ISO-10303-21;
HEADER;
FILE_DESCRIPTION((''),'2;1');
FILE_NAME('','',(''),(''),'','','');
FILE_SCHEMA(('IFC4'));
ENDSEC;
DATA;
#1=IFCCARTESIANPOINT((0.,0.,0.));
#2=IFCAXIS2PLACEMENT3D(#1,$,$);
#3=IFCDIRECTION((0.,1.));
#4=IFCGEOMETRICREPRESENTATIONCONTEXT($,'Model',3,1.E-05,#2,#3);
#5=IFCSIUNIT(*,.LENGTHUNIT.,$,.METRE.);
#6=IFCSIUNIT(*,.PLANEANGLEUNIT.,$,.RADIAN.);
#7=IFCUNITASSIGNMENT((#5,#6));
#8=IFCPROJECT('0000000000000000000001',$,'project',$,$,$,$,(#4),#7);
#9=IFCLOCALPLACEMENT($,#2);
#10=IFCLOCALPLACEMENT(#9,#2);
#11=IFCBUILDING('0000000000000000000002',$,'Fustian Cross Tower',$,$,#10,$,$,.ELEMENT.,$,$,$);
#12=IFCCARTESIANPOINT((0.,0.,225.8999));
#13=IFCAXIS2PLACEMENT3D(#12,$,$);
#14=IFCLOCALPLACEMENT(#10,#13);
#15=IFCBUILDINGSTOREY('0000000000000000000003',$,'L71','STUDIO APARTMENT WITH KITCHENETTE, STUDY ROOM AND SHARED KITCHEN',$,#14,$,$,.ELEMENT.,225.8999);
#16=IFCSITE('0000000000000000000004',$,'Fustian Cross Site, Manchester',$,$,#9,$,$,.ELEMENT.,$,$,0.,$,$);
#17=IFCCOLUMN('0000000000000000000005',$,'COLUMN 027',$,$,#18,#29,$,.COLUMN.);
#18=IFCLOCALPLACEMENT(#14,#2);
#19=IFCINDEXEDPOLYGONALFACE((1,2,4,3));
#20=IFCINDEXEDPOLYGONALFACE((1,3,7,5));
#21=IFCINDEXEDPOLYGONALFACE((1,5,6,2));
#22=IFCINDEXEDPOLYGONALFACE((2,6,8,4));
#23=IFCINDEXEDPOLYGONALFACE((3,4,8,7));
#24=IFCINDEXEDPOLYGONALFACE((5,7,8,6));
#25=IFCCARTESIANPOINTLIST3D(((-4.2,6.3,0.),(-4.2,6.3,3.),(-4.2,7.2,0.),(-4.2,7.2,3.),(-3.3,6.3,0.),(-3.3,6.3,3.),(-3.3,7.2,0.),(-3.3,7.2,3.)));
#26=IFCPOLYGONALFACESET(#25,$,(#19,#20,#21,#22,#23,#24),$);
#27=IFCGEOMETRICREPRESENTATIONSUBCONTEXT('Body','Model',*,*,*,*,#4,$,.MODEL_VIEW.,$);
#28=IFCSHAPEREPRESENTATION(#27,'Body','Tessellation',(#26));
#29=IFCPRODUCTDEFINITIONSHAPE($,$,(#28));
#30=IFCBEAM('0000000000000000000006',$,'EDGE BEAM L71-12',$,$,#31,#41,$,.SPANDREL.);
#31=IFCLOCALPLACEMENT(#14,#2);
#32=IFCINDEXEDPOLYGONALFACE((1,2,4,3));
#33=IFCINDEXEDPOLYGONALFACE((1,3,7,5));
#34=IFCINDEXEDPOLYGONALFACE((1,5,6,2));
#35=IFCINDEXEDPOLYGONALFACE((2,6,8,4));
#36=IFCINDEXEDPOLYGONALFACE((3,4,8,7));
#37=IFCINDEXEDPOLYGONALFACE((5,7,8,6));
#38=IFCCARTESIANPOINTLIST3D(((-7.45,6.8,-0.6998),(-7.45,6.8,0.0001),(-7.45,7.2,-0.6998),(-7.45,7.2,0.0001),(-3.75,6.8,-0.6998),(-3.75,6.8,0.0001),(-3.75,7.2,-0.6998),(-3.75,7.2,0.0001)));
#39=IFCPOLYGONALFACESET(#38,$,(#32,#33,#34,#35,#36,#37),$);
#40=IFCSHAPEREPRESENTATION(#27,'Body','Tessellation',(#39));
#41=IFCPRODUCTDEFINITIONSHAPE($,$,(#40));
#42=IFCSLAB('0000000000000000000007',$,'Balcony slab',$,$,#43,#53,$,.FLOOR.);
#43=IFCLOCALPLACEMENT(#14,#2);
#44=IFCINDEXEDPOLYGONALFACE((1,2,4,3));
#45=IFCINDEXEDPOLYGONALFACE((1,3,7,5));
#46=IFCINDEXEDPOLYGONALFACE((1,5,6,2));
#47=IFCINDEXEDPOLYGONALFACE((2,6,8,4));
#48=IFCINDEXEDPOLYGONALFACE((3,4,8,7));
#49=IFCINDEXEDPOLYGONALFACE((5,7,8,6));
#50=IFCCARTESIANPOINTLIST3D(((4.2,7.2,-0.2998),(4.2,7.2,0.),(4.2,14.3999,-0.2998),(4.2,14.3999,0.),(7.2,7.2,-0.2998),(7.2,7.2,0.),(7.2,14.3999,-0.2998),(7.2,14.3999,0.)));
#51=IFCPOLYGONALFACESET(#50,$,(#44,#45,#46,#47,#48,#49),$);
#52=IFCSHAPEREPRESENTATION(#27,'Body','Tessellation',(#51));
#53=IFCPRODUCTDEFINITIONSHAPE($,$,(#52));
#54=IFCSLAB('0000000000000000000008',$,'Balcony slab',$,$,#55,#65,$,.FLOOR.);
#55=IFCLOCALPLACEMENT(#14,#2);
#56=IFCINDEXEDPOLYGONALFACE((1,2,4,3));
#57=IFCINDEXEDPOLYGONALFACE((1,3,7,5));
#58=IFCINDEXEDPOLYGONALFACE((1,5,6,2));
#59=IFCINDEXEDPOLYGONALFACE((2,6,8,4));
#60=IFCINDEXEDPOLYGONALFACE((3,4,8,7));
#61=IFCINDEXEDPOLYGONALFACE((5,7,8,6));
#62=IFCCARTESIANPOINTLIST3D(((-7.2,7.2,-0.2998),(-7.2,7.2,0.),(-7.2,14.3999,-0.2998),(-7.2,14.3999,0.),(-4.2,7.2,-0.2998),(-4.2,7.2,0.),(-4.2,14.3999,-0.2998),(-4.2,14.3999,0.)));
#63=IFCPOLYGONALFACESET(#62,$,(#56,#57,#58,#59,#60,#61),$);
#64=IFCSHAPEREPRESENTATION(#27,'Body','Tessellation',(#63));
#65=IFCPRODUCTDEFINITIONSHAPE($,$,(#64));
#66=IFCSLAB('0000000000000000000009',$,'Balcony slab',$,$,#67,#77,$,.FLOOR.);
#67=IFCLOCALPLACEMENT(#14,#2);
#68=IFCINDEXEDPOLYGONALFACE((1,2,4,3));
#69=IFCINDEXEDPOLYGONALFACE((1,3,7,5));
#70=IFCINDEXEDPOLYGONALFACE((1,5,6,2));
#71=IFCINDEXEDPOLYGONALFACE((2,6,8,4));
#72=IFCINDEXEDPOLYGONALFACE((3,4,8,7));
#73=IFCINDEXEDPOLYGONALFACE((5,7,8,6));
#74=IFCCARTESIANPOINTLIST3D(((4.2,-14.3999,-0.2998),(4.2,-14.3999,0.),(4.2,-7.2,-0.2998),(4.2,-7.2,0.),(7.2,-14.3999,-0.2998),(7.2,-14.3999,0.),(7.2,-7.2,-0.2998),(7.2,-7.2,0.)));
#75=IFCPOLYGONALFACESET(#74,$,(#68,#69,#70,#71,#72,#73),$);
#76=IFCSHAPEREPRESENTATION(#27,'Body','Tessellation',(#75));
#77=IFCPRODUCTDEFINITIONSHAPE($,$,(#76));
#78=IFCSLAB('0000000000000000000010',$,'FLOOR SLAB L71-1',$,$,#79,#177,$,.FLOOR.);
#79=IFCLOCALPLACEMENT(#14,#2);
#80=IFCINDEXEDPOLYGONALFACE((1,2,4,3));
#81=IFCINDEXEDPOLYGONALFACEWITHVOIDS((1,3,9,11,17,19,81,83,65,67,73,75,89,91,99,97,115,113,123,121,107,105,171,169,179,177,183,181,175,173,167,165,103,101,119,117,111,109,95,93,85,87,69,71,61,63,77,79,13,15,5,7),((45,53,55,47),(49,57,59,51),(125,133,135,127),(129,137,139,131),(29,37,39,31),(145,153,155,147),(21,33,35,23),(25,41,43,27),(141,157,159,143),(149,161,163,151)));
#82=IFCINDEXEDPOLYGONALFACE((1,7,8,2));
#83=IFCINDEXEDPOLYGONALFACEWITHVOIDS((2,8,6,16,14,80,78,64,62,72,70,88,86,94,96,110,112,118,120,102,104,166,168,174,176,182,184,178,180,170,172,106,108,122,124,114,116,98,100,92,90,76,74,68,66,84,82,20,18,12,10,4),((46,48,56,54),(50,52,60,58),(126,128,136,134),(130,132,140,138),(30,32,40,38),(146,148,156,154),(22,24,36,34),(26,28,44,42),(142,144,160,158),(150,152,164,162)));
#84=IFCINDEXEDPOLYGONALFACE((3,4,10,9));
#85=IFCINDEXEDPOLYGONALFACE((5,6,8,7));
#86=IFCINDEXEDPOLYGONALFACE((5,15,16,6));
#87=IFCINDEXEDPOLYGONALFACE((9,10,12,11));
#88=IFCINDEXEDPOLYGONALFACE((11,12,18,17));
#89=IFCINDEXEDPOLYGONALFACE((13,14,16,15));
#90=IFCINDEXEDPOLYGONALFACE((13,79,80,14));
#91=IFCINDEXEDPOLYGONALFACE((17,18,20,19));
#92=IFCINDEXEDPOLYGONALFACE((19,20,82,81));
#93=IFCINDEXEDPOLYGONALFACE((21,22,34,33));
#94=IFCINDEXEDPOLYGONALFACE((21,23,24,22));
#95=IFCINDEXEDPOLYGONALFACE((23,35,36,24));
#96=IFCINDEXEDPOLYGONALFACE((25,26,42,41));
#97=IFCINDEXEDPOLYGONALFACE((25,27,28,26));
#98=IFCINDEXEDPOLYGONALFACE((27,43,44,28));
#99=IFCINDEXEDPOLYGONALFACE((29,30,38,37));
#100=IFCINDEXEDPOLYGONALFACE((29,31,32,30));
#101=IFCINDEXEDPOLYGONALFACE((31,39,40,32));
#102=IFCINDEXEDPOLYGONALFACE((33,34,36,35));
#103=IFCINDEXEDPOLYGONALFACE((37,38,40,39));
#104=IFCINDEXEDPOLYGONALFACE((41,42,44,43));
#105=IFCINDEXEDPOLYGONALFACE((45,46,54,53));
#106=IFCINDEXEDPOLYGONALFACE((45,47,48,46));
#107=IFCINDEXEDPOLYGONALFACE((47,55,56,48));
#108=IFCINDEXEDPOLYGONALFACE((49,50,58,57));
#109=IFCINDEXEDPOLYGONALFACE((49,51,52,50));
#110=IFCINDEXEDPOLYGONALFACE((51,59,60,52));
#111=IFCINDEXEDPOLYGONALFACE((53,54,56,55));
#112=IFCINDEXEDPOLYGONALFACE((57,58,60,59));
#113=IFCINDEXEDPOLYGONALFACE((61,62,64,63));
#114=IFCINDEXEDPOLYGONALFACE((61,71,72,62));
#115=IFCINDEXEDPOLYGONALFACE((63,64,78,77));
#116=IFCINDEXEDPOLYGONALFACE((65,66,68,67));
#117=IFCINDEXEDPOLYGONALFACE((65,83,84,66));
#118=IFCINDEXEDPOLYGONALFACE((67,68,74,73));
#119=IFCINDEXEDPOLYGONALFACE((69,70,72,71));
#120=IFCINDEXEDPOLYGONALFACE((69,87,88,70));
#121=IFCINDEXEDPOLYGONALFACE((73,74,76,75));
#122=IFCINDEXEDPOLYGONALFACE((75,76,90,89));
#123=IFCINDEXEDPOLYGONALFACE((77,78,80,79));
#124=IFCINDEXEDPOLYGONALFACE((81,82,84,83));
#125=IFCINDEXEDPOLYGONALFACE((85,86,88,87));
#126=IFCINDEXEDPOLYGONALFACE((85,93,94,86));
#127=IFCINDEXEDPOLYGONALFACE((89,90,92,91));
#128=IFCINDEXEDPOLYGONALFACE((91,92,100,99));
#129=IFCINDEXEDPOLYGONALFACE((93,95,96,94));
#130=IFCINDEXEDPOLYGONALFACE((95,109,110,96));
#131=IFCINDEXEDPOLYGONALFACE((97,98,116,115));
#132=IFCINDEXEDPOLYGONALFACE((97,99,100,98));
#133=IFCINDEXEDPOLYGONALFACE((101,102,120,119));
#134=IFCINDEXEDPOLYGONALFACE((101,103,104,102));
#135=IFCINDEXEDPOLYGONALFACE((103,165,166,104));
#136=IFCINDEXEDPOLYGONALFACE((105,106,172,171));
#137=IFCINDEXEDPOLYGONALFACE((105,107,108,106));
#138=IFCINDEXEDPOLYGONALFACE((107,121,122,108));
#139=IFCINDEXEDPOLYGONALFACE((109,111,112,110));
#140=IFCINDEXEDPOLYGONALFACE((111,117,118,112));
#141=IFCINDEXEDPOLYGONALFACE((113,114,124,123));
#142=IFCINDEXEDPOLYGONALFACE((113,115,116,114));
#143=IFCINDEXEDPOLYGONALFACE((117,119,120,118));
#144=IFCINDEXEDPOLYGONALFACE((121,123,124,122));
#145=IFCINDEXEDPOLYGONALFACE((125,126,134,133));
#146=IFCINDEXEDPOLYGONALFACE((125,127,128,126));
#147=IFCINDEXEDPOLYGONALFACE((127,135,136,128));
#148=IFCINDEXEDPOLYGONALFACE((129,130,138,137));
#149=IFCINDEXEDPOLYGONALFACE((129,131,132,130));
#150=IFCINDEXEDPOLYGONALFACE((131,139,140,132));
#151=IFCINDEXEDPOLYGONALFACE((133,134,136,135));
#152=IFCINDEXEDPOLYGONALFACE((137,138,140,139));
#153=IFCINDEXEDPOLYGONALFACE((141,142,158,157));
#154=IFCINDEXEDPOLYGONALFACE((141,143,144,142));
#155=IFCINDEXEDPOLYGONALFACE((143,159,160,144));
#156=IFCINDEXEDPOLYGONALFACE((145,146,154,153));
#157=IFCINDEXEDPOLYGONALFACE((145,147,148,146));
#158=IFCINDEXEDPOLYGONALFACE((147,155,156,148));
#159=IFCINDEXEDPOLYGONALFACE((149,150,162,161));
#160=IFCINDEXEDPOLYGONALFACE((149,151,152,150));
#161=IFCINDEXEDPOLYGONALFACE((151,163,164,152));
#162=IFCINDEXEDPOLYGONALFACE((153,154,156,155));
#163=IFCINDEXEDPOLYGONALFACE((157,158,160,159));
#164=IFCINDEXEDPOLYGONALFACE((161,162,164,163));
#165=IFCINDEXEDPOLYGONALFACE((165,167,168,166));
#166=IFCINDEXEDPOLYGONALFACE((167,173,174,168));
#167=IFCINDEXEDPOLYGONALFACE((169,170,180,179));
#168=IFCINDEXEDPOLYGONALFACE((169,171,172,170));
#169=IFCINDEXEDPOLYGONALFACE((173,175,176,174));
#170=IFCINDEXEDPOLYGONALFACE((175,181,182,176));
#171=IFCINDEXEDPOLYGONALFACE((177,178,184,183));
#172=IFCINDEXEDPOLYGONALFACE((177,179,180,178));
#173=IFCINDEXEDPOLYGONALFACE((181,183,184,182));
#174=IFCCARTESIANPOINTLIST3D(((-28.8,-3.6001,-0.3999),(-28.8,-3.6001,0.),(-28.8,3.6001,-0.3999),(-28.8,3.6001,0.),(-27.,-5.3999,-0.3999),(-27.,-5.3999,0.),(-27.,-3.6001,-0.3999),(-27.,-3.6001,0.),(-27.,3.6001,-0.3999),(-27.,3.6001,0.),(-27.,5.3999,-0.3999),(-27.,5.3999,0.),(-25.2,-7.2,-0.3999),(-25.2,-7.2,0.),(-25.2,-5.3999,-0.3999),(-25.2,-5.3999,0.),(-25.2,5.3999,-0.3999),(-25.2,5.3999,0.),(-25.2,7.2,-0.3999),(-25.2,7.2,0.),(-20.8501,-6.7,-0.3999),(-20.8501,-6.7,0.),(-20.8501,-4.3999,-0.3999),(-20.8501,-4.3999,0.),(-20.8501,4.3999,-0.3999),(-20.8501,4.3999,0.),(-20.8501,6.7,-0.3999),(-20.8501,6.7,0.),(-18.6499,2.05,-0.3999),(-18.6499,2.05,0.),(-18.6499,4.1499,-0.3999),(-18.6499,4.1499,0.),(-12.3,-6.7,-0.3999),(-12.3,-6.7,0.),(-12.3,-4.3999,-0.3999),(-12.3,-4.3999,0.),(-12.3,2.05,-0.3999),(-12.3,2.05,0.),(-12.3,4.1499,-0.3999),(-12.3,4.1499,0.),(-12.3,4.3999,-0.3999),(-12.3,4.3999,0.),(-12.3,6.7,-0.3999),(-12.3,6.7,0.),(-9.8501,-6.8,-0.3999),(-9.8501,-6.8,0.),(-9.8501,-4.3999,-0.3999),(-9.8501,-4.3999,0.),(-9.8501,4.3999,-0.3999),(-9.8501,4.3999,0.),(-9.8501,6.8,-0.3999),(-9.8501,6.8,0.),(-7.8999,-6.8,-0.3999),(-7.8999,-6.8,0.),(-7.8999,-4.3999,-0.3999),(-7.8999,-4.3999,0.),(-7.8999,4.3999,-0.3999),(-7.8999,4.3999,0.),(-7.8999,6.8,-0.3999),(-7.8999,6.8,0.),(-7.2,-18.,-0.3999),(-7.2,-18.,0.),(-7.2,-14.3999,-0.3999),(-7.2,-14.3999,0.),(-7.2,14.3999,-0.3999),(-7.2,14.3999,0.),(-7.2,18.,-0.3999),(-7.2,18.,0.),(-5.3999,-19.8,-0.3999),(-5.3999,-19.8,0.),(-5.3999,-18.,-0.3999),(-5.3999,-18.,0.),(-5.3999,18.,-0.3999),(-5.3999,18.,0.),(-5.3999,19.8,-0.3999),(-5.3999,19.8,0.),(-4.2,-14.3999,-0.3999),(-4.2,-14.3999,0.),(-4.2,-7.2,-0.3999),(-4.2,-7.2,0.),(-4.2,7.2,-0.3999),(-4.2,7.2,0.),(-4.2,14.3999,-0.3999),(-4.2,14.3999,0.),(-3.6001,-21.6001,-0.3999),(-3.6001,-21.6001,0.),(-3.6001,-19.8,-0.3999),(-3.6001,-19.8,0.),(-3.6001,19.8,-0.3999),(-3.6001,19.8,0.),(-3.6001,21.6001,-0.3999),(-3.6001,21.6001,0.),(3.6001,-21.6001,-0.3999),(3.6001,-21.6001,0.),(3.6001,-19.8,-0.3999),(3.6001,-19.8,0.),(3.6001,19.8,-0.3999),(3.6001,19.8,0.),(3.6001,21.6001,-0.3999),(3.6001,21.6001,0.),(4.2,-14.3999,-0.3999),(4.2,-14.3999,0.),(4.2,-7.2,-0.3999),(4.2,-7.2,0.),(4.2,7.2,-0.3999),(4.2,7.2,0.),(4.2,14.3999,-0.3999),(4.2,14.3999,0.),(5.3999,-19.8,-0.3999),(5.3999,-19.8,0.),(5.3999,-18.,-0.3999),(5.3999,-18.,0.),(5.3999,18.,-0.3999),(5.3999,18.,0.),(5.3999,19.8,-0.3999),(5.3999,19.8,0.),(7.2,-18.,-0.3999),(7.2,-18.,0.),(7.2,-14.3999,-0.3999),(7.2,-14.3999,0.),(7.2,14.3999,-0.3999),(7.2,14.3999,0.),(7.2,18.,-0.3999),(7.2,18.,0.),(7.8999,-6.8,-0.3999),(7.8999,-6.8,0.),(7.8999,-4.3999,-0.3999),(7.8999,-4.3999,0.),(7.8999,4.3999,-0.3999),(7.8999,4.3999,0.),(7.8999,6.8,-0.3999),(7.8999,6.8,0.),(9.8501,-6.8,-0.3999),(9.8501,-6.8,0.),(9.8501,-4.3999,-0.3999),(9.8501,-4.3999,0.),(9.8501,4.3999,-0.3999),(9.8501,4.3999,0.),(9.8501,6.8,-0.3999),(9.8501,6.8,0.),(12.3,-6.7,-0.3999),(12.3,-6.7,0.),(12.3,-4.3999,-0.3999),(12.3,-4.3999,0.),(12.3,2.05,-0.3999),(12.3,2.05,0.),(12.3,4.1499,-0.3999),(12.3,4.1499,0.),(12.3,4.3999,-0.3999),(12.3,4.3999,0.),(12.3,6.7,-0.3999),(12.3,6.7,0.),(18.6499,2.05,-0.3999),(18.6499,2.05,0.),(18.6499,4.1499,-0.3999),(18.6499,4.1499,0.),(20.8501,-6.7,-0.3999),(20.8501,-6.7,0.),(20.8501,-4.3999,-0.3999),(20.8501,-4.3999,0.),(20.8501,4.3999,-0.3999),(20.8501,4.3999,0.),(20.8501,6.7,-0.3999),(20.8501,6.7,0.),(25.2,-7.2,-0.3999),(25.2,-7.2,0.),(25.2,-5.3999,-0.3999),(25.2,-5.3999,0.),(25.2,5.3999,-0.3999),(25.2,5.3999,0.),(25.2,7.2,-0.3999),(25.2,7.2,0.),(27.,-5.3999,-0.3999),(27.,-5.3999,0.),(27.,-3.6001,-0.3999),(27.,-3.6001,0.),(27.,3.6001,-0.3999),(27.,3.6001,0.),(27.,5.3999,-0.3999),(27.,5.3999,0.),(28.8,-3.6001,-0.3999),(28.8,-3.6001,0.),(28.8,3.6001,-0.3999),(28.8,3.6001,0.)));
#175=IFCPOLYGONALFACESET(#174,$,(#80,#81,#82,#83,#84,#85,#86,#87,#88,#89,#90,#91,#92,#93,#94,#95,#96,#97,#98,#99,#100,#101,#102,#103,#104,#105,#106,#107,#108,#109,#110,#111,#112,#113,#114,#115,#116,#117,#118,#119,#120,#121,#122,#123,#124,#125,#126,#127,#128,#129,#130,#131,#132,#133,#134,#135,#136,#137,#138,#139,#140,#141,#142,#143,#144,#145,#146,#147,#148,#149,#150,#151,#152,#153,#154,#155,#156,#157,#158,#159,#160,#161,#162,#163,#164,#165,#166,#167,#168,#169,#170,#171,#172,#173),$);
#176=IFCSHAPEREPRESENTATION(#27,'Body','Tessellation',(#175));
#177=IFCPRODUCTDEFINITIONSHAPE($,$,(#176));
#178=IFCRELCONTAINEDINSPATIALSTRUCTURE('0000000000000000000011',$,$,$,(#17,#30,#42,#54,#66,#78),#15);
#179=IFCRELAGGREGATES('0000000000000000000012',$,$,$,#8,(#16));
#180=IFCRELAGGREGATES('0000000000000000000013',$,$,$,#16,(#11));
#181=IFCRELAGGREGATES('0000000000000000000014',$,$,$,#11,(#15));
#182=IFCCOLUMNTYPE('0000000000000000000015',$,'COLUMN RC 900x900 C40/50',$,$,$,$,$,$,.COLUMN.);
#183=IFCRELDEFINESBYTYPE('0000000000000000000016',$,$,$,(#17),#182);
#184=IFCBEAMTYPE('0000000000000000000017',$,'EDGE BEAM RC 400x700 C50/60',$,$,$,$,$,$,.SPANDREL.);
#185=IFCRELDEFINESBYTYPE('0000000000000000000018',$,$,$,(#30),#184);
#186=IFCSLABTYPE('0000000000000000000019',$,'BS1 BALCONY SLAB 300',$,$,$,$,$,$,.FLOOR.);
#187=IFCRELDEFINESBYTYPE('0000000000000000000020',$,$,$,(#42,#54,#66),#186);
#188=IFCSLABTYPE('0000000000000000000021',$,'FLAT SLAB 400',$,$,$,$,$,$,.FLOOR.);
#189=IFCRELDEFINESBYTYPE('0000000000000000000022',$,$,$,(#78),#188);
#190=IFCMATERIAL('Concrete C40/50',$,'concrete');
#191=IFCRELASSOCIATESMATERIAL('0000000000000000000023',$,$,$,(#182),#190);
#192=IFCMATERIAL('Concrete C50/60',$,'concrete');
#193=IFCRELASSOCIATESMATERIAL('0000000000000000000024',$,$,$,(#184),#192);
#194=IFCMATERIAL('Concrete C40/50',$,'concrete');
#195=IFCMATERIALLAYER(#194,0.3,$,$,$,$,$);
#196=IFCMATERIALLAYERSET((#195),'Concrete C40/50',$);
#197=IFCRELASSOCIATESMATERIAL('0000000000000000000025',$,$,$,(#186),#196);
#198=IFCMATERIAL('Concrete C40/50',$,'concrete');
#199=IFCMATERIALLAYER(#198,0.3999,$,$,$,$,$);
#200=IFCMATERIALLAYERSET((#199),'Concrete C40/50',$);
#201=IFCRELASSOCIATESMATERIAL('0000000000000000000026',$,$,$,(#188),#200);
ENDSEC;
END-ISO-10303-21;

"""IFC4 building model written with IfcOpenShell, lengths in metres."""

from ifc_helpers import new_model, si_unit, direction, frame, origin, origin_2d, place, context, subcontext, project, spatial, polyline, rectangle, outline, extrude, material, layer, layer_set, material_profile, profile_set, type_object, element, save


model = new_model("IFC4")

# Units and contexts
model_context = context("Model", 3, precision=1e-05, world=origin(), true_north=direction((0.0, 1.0)))
body_context = subcontext(model_context, "Body", "Model", "MODEL_VIEW")
ifc_project = project(units=[si_unit("LENGTHUNIT", "METRE"), si_unit("PLANEANGLEUNIT", "RADIAN")], contexts=[model_context])

# Site, building, storey
site_placement = place(None, origin())
site = spatial("IfcSite", under=ifc_project, at=site_placement, Name="Fustian Cross Site, Manchester", CompositionType="ELEMENT", RefElevation=0.0)
building_placement = place(site_placement, origin())
building = spatial("IfcBuilding", under=site, at=building_placement, Name="Fustian Cross Tower", CompositionType="ELEMENT")
storey_placement = place(building_placement, frame((0.0, 0.0, 225.8999)))
storey = spatial("IfcBuildingStorey", under=building, at=storey_placement, Name="L71", Description="STUDIO APARTMENT WITH KITCHENETTE, STUDY ROOM AND SHARED KITCHEN", CompositionType="ELEMENT", Elevation=225.8999)

# Column
ifc_material_1 = material(Name="Concrete C40/50", Category="concrete")
ifc_material_profile_1 = material_profile(ifc_material_1, rectangle(XDim=0.8999, YDim=0.8999, at=origin_2d()), Name="RC 900x900")
ifc_profile_set_1 = profile_set([ifc_material_profile_1], Name="Concrete C40/50")
column_type = type_object("IfcColumnType", Name="COLUMN RC 900x900 C40/50", PredefinedType="COLUMN", material=ifc_profile_set_1)
column_placement = place(storey_placement, frame((-3.75, 6.75, 0.0), z_axis=(0.0, 0.0, 1.0), x_axis=(1.0, 0.0, 0.0)))
element("IfcColumn", 1, at=column_placement, inside=storey, type_object=column_type, Name="COLUMN 027", PredefinedType="COLUMN", context=body_context, shape_type="SweptSolid", body=[
    extrude(rectangle(XDim=0.8999, YDim=0.8999, at=origin_2d()), origin(), (0.0, 0.0, 1.0), 3.0),
])

# Beam
ifc_material_2 = material(Name="Concrete C50/60", Category="concrete")
ifc_material_profile_2 = material_profile(ifc_material_2, rectangle(XDim=0.3999, YDim=0.7, at=origin_2d()), Name="RC 400x700")
ifc_profile_set_2 = profile_set([ifc_material_profile_2], Name="Concrete C50/60")
beam_type = type_object("IfcBeamType", Name="EDGE BEAM RC 400x700 C50/60", PredefinedType="SPANDREL", material=ifc_profile_set_2)
beam_placement = place(storey_placement, frame((-3.75, 7.0, -0.3499), z_axis=(-1.0, 0.0, 0.0), x_axis=(0.0, -1.0, 0.0)))
element("IfcBeam", 2, at=beam_placement, inside=storey, type_object=beam_type, Name="EDGE BEAM L71-12", PredefinedType="SPANDREL", context=body_context, shape_type="SweptSolid", body=[
    extrude(rectangle(XDim=0.3999, YDim=0.7, at=origin_2d()), origin(), (0.0, 0.0, 1.0), 3.7),
])

# Slabs
ifc_material_3 = material(Name="Concrete C40/50", Category="concrete")
ifc_layer_1 = layer(ifc_material_3, 0.3)
ifc_layer_set_1 = layer_set([ifc_layer_1], Name="Concrete C40/50")
slab_type_1 = type_object("IfcSlabType", Name="BS1 BALCONY SLAB 300", PredefinedType="FLOOR", material=ifc_layer_set_1)
slab_1_placement = place(storey_placement, frame((0.0, 0.0, -0.2998)))
element("IfcSlab", 3, at=slab_1_placement, inside=storey, type_object=slab_type_1, Name="Balcony slab", PredefinedType="FLOOR", context=body_context, shape_type="SweptSolid", body=[
    extrude(outline(polyline([(4.2, 7.2), (7.2, 7.2), (7.2, 14.3999), (4.2, 14.3999), (4.2, 7.2)])), origin(), (0.0, 0.0, 1.0), 0.2998),
])
slab_2_placement = place(storey_placement, frame((0.0, 0.0, -0.2998)))
element("IfcSlab", 4, at=slab_2_placement, inside=storey, type_object=slab_type_1, Name="Balcony slab", PredefinedType="FLOOR", context=body_context, shape_type="SweptSolid", body=[
    extrude(outline(polyline([(-7.2, 7.2), (-4.2, 7.2), (-4.2, 14.3999), (-7.2, 14.3999), (-7.2, 7.2)])), origin(), (0.0, 0.0, 1.0), 0.2998),
])
slab_3_placement = place(storey_placement, frame((0.0, 0.0, -0.2998)))
element("IfcSlab", 5, at=slab_3_placement, inside=storey, type_object=slab_type_1, Name="Balcony slab", PredefinedType="FLOOR", context=body_context, shape_type="SweptSolid", body=[
    extrude(outline(polyline([(4.2, -14.3999), (7.2, -14.3999), (7.2, -7.2), (4.2, -7.2), (4.2, -14.3999)])), origin(), (0.0, 0.0, 1.0), 0.2998),
])
ifc_material_4 = material(Name="Concrete C40/50", Category="concrete")
ifc_layer_2 = layer(ifc_material_4, 0.3999)
ifc_layer_set_2 = layer_set([ifc_layer_2], Name="Concrete C40/50")
slab_type_2 = type_object("IfcSlabType", Name="FLAT SLAB 400", PredefinedType="FLOOR", material=ifc_layer_set_2)
slab_4_placement = place(storey_placement, frame((0.0, 0.0, -0.3999)))
element("IfcSlab", 6, at=slab_4_placement, inside=storey, type_object=slab_type_2, Name="FLOOR SLAB L71-1", PredefinedType="FLOOR", context=body_context, shape_type="SweptSolid", body=[
    extrude(outline(polyline([(-3.6001, -19.8), (-5.3999, -19.8), (-5.3999, -18.0), (-7.2, -18.0), (-7.2, -14.3999), (-4.2, -14.3999), (-4.2, -7.2), (-25.2, -7.2), (-25.2, -5.3999), (-27.0, -5.3999), (-27.0, -3.6001), (-28.8, -3.6001), (-28.8, 3.6001), (-27.0, 3.6001), (-27.0, 5.3999), (-25.2, 5.3999), (-25.2, 7.2), (-4.2, 7.2), (-4.2, 14.3999), (-7.2, 14.3999), (-7.2, 18.0), (-5.3999, 18.0), (-5.3999, 19.8), (-3.6001, 19.8), (-3.6001, 21.6001), (3.6001, 21.6001), (3.6001, 19.8), (5.3999, 19.8), (5.3999, 18.0), (7.2, 18.0), (7.2, 14.3999), (4.2, 14.3999), (4.2, 7.2), (25.2, 7.2), (25.2, 5.3999), (27.0, 5.3999), (27.0, 3.6001), (28.8, 3.6001), (28.8, -3.6001), (27.0, -3.6001), (27.0, -5.3999), (25.2, -5.3999), (25.2, -7.2), (4.2, -7.2), (4.2, -14.3999), (7.2, -14.3999), (7.2, -18.0), (5.3999, -18.0), (5.3999, -19.8), (3.6001, -19.8), (3.6001, -21.6001), (-3.6001, -21.6001), (-3.6001, -19.8)]), holes=[polyline([(7.8999, 6.8), (7.8999, 4.3999), (9.8501, 4.3999), (9.8501, 6.8), (7.8999, 6.8)]), polyline([(9.8501, -4.3999), (7.8999, -4.3999), (7.8999, -6.8), (9.8501, -6.8), (9.8501, -4.3999)]), polyline([(-7.8999, 4.3999), (-7.8999, 6.8), (-9.8501, 6.8), (-9.8501, 4.3999), (-7.8999, 4.3999)]), polyline([(-9.8501, -6.8), (-7.8999, -6.8), (-7.8999, -4.3999), (-9.8501, -4.3999), (-9.8501, -6.8)]), polyline([(12.3, 4.1499), (12.3, 2.05), (18.6499, 2.05), (18.6499, 4.1499), (12.3, 4.1499)]), polyline([(-12.3, 4.1499), (-18.6499, 4.1499), (-18.6499, 2.05), (-12.3, 2.05), (-12.3, 4.1499)]), polyline([(20.8501, 4.3999), (20.8501, 6.7), (12.3, 6.7), (12.3, 4.3999), (20.8501, 4.3999)]), polyline([(12.3, -6.7), (20.8501, -6.7), (20.8501, -4.3999), (12.3, -4.3999), (12.3, -6.7)]), polyline([(-20.8501, 6.7), (-20.8501, 4.3999), (-12.3, 4.3999), (-12.3, 6.7), (-20.8501, 6.7)]), polyline([(-12.3, -4.3999), (-20.8501, -4.3999), (-20.8501, -6.7), (-12.3, -6.7), (-12.3, -4.3999)])]), origin(), (0.0, 0.0, 1.0), 0.3999),
])

save(model, "model.ifc")
